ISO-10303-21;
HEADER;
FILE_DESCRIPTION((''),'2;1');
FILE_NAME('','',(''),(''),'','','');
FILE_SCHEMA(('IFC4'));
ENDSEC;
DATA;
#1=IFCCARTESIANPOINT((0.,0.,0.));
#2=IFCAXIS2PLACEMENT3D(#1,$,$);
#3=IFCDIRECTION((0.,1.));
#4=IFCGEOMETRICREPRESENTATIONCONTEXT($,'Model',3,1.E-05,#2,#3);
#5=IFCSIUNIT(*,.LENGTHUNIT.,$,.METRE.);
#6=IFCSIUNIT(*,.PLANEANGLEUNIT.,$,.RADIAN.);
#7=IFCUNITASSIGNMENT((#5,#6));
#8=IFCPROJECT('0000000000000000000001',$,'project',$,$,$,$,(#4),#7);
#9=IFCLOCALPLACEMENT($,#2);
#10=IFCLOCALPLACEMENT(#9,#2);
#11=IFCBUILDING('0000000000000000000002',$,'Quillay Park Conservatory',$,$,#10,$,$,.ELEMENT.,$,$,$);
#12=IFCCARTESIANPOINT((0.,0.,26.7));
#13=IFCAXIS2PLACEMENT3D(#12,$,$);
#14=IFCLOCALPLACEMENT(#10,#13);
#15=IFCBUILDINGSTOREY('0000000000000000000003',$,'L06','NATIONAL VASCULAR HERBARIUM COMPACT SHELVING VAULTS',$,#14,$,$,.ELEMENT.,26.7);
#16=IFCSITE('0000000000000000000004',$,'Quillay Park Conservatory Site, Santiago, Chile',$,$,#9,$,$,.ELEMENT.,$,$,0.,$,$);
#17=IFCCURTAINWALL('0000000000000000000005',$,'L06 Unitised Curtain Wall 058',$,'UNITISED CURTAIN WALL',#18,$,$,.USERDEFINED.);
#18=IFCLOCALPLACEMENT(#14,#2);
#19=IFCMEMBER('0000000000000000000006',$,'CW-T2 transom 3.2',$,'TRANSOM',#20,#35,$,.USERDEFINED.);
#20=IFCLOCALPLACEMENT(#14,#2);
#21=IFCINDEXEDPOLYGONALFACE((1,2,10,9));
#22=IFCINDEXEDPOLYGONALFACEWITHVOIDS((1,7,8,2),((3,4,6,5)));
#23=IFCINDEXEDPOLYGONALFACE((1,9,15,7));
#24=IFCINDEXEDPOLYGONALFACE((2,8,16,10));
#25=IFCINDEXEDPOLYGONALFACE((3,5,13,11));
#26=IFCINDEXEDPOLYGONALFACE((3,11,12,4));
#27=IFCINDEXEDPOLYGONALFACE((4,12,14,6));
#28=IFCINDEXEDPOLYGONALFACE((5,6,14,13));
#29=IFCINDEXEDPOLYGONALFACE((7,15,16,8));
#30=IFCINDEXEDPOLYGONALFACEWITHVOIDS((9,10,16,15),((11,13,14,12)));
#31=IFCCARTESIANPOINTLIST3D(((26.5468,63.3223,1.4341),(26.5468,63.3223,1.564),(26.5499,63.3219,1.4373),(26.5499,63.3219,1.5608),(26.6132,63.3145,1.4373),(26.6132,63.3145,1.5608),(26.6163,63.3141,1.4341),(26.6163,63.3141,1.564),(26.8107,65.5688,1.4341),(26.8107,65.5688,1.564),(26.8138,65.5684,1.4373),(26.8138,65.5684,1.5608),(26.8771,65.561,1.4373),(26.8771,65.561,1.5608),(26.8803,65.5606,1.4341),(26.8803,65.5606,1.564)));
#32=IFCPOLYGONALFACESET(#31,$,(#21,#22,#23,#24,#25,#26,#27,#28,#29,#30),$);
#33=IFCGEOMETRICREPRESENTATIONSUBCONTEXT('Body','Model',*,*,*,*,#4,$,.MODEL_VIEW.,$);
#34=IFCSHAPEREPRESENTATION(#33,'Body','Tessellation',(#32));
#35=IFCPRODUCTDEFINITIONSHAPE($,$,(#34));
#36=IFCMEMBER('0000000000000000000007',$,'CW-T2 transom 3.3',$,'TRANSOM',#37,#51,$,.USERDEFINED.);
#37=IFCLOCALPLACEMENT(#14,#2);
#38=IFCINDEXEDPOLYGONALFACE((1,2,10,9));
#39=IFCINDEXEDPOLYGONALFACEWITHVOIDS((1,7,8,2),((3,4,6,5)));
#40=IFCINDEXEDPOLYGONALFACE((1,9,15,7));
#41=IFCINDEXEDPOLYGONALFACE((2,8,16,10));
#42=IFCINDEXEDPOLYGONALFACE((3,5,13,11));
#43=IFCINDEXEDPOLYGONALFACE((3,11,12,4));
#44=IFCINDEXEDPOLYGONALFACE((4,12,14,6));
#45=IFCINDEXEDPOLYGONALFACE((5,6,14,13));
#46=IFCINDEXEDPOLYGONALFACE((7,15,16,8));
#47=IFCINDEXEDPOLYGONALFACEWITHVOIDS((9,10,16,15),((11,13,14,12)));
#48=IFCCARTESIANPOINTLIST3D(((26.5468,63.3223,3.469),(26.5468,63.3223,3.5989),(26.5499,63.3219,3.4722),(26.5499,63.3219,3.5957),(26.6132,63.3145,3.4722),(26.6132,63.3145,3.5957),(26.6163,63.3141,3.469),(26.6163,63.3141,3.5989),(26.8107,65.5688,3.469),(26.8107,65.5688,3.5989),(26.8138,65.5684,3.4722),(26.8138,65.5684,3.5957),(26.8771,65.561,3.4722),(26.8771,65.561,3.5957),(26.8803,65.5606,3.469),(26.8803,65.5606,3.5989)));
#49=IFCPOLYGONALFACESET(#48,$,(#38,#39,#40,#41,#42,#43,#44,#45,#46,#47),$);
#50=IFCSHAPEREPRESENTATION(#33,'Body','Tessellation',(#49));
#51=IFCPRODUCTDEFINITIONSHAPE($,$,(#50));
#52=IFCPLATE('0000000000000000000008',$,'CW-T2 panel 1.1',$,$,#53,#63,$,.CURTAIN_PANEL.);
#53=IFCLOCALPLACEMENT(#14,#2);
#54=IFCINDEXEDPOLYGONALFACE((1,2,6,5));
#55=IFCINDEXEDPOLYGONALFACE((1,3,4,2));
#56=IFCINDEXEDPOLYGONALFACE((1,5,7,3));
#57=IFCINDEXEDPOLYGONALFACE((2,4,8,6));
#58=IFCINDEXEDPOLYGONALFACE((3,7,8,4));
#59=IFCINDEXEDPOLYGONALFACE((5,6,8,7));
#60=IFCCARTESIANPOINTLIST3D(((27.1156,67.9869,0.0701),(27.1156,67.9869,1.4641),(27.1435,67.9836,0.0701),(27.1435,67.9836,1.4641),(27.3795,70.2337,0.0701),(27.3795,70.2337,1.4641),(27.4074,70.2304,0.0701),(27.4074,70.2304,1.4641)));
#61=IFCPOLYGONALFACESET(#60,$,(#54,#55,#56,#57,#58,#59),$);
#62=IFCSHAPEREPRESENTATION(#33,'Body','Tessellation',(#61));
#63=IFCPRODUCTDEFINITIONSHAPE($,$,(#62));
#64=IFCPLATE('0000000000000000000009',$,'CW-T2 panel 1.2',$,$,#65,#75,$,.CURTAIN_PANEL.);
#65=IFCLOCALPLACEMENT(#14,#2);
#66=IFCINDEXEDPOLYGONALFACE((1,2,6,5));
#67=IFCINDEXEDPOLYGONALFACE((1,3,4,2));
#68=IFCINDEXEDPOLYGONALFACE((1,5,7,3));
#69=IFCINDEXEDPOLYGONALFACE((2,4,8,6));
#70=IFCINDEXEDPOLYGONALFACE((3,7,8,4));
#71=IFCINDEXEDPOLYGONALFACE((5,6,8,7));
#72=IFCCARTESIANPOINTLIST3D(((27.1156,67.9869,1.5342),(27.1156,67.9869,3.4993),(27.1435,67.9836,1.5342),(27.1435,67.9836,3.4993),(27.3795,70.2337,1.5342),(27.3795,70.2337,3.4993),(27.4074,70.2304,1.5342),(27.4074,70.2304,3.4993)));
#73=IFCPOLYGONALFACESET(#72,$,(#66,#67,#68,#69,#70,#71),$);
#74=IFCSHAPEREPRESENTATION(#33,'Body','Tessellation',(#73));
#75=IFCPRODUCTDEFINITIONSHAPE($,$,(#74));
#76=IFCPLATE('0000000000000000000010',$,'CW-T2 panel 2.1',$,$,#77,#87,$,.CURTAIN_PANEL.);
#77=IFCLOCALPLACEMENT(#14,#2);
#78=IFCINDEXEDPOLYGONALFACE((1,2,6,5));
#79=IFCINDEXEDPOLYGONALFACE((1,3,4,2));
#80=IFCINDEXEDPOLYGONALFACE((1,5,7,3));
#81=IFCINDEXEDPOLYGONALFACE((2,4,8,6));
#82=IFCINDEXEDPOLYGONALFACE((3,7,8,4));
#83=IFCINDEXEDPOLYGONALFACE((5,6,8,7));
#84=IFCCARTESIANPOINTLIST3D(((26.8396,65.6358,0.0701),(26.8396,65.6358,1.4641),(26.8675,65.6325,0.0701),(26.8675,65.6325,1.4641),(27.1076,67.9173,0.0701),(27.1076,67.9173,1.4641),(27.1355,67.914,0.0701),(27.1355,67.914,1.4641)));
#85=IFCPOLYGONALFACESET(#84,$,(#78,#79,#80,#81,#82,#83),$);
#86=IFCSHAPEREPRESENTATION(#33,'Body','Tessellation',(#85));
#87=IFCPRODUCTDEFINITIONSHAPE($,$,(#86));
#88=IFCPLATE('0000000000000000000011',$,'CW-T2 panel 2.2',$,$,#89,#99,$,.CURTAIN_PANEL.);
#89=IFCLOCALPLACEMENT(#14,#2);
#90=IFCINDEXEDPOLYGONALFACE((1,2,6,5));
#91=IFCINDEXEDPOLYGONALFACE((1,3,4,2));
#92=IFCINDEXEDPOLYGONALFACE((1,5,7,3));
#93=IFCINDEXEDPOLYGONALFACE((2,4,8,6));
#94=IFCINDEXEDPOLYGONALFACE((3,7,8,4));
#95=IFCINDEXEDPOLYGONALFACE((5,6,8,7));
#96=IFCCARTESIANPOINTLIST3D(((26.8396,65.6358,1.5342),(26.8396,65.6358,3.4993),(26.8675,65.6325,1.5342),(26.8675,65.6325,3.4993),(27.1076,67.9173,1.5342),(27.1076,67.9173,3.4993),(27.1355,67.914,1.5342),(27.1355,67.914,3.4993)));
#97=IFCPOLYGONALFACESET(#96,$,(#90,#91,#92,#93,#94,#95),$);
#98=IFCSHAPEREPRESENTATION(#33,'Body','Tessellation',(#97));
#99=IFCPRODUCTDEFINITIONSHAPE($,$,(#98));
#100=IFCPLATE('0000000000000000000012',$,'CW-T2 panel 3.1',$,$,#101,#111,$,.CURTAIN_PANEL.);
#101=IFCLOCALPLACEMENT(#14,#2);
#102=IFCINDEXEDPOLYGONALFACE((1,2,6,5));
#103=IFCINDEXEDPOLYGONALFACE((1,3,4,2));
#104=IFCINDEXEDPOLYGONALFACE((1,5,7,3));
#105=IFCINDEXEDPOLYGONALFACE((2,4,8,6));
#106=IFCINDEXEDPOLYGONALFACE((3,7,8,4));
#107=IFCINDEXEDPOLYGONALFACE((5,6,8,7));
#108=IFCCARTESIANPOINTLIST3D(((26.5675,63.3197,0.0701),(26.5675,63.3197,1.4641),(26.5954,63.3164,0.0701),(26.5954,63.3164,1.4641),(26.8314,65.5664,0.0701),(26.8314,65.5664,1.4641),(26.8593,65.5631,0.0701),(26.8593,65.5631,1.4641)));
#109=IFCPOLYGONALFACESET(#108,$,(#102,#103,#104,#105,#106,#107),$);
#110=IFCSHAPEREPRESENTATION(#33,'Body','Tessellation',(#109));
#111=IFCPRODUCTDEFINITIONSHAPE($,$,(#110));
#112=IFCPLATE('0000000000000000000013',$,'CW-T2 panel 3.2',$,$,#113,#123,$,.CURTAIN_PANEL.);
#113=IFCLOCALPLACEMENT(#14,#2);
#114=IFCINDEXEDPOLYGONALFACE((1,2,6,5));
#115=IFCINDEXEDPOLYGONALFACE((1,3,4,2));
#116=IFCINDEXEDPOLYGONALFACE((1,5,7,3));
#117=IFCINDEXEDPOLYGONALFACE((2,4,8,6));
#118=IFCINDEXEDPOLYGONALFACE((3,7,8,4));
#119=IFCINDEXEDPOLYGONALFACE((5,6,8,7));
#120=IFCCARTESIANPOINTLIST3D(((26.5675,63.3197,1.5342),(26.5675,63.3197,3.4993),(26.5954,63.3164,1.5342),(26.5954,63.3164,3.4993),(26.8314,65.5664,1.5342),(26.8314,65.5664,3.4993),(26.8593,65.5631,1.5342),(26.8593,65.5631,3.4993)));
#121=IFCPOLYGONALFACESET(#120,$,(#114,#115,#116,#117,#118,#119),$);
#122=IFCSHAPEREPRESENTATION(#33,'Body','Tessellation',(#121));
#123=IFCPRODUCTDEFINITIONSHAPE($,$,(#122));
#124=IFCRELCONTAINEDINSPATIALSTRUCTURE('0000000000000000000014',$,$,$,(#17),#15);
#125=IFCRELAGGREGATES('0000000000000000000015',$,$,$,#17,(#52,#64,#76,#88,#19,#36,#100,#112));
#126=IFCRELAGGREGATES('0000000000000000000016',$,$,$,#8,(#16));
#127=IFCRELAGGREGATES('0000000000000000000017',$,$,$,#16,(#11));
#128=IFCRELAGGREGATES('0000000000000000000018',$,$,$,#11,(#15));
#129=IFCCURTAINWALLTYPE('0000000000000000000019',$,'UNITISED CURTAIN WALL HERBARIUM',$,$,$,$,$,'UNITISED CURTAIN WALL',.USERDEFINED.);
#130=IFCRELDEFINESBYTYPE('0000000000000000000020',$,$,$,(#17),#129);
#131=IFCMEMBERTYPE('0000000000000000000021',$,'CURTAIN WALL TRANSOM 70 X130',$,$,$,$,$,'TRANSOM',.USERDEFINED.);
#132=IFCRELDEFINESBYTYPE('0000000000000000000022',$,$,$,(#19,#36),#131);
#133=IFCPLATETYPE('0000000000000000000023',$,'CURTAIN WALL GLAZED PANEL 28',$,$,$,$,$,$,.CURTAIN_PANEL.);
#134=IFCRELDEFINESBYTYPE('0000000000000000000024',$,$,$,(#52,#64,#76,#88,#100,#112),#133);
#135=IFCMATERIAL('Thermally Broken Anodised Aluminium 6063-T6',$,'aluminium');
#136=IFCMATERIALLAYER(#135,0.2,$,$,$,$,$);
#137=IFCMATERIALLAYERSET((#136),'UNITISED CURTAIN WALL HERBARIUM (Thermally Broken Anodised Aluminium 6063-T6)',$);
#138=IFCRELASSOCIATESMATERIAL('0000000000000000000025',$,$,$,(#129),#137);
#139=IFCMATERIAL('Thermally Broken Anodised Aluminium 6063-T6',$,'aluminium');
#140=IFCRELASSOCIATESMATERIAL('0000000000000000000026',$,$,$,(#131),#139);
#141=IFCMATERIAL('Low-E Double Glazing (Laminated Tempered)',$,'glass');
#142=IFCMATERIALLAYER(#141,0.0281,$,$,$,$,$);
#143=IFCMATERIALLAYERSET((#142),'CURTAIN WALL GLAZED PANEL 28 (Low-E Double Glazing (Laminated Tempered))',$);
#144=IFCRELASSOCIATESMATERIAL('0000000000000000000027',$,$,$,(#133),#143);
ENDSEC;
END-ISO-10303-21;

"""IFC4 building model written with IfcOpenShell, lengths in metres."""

from ifc_helpers import new_model, si_unit, direction, frame, origin, origin_2d, place, context, subcontext, project, spatial, rectangle, hollow_rectangle, extrude, material, layer, layer_set, material_profile, profile_set, type_object, element, aggregate, save


model = new_model("IFC4")

# Units and contexts
model_context = context("Model", 3, precision=1e-05, world=origin(), true_north=direction((0.0, 1.0)))
body_context = subcontext(model_context, "Body", "Model", "MODEL_VIEW")
ifc_project = project(units=[si_unit("LENGTHUNIT", "METRE"), si_unit("PLANEANGLEUNIT", "RADIAN")], contexts=[model_context])

# Site, building, storey
site_placement = place(None, origin())
site = spatial("IfcSite", under=ifc_project, at=site_placement, Name="Quillay Park Conservatory Site, Santiago, Chile", CompositionType="ELEMENT", RefElevation=0.0)
building_placement = place(site_placement, origin())
building = spatial("IfcBuilding", under=site, at=building_placement, Name="Quillay Park Conservatory", CompositionType="ELEMENT")
storey_placement = place(building_placement, frame((0.0, 0.0, 26.7)))
storey = spatial("IfcBuildingStorey", under=building, at=storey_placement, Name="L06", Description="NATIONAL VASCULAR HERBARIUM COMPACT SHELVING VAULTS", CompositionType="ELEMENT", Elevation=26.7)

# Curtain wall, members, plates
ifc_material_1 = material(Name="Thermally Broken Anodised Aluminium 6063-T6", Category="aluminium")
ifc_layer_1 = layer(ifc_material_1, 0.2)
ifc_layer_set_1 = layer_set([ifc_layer_1], Name="UNITISED CURTAIN WALL HERBARIUM (Thermally Broken Anodised Aluminium 6063-T6)")
curtain_wall_type = type_object("IfcCurtainWallType", Name="UNITISED CURTAIN WALL HERBARIUM", ElementType="UNITISED CURTAIN WALL", PredefinedType="USERDEFINED", material=ifc_layer_set_1)
curtain_wall_placement = place(storey_placement, origin())
curtain_wall = element("IfcCurtainWall", 1, at=curtain_wall_placement, inside=storey, type_object=curtain_wall_type, Name="L06 Unitised Curtain Wall 058", ObjectType="UNITISED CURTAIN WALL", PredefinedType="USERDEFINED")
ifc_material_2 = material(Name="Thermally Broken Anodised Aluminium 6063-T6", Category="aluminium")
ifc_material_profile_1 = material_profile(ifc_material_2, hollow_rectangle(XDim=0.0701, YDim=0.1299, WallThickness=0.0032, at=origin_2d()), Name="AL70x130x3.2")
ifc_profile_set_1 = profile_set([ifc_material_profile_1], Name="Thermally Broken Anodised Aluminium 6063-T6")
member_type_1 = type_object("IfcMemberType", Name="CURTAIN WALL TRANSOM 70 X130", ElementType="TRANSOM", PredefinedType="USERDEFINED", material=ifc_profile_set_1)
member_1_placement = place(storey_placement, frame((26.8455, 65.5647, 1.499), z_axis=(-0.116672, -0.99317, 0.0), x_axis=(0.99317, -0.116672, 0.0)))
member_1 = element("IfcMember", 2, at=member_1_placement, type_object=member_type_1, Name="CW-T2 transom 3.2", ObjectType="TRANSOM", PredefinedType="USERDEFINED", context=body_context, shape_type="SweptSolid", body=[
    extrude(hollow_rectangle(XDim=0.0701, YDim=0.1299, WallThickness=0.0032, at=origin_2d()), origin(), (0.0, 0.0, 1.0), 2.262),
])
member_2_placement = place(storey_placement, frame((26.8455, 65.5647, 3.5339), z_axis=(-0.116672, -0.99317, 0.0), x_axis=(0.99317, -0.116672, 0.0)))
member_2 = element("IfcMember", 3, at=member_2_placement, type_object=member_type_1, Name="CW-T2 transom 3.3", ObjectType="TRANSOM", PredefinedType="USERDEFINED", context=body_context, shape_type="SweptSolid", body=[
    extrude(hollow_rectangle(XDim=0.0701, YDim=0.1299, WallThickness=0.0032, at=origin_2d()), origin(), (0.0, 0.0, 1.0), 2.262),
])
ifc_material_3 = material(Name="Low-E Double Glazing (Laminated Tempered)", Category="glass")
ifc_layer_2 = layer(ifc_material_3, 0.0281)
ifc_layer_set_2 = layer_set([ifc_layer_2], Name="CURTAIN WALL GLAZED PANEL 28 (Low-E Double Glazing (Laminated Tempered))")
plate_type = type_object("IfcPlateType", Name="CURTAIN WALL GLAZED PANEL 28", PredefinedType="CURTAIN_PANEL", material=ifc_layer_set_2)
plate_1_placement = place(storey_placement, frame((27.2615, 69.1086, 0.0701), z_axis=(0.0, 0.0, 1.0), x_axis=(-0.116655, -0.993173, 0.0)))
plate_1 = element("IfcPlate", 4, at=plate_1_placement, type_object=plate_type, Name="CW-T2 panel 1.1", PredefinedType="CURTAIN_PANEL", context=body_context, shape_type="SweptSolid", body=[
    extrude(rectangle(XDim=2.2622, YDim=0.0281, at=origin_2d()), origin(), (0.0, 0.0, 1.0), 1.394),
])
plate_2_placement = place(storey_placement, frame((27.2615, 69.1086, 1.5342), z_axis=(0.0, 0.0, 1.0), x_axis=(-0.116655, -0.993173, 0.0)))
plate_2 = element("IfcPlate", 5, at=plate_2_placement, type_object=plate_type, Name="CW-T2 panel 1.2", PredefinedType="CURTAIN_PANEL", context=body_context, shape_type="SweptSolid", body=[
    extrude(rectangle(XDim=2.2622, YDim=0.0281, at=origin_2d()), origin(), (0.0, 0.0, 1.0), 1.9651),
])
plate_3_placement = place(storey_placement, frame((26.9875, 66.7749, 0.0701), z_axis=(0.0, 0.0, 1.0), x_axis=(-0.116655, -0.993173, 0.0)))
plate_3 = element("IfcPlate", 6, at=plate_3_placement, type_object=plate_type, Name="CW-T2 panel 2.1", PredefinedType="CURTAIN_PANEL", context=body_context, shape_type="SweptSolid", body=[
    extrude(rectangle(XDim=2.2971, YDim=0.0281, at=origin_2d()), origin(), (0.0, 0.0, 1.0), 1.394),
])
plate_4_placement = place(storey_placement, frame((26.9875, 66.7749, 1.5342), z_axis=(0.0, 0.0, 1.0), x_axis=(-0.116655, -0.993173, 0.0)))
plate_4 = element("IfcPlate", 7, at=plate_4_placement, type_object=plate_type, Name="CW-T2 panel 2.2", PredefinedType="CURTAIN_PANEL", context=body_context, shape_type="SweptSolid", body=[
    extrude(rectangle(XDim=2.2971, YDim=0.0281, at=origin_2d()), origin(), (0.0, 0.0, 1.0), 1.9651),
])
plate_5_placement = place(storey_placement, frame((26.7134, 64.4414, 0.0701), z_axis=(0.0, 0.0, 1.0), x_axis=(-0.116655, -0.993173, 0.0)))
plate_5 = element("IfcPlate", 8, at=plate_5_placement, type_object=plate_type, Name="CW-T2 panel 3.1", PredefinedType="CURTAIN_PANEL", context=body_context, shape_type="SweptSolid", body=[
    extrude(rectangle(XDim=2.2622, YDim=0.0281, at=origin_2d()), origin(), (0.0, 0.0, 1.0), 1.394),
])
plate_6_placement = place(storey_placement, frame((26.7134, 64.4414, 1.5342), z_axis=(0.0, 0.0, 1.0), x_axis=(-0.116655, -0.993173, 0.0)))
plate_6 = element("IfcPlate", 9, at=plate_6_placement, type_object=plate_type, Name="CW-T2 panel 3.2", PredefinedType="CURTAIN_PANEL", context=body_context, shape_type="SweptSolid", body=[
    extrude(rectangle(XDim=2.2622, YDim=0.0281, at=origin_2d()), origin(), (0.0, 0.0, 1.0), 1.9651),
])
aggregate(curtain_wall, [plate_1, plate_2, plate_3, plate_4, member_1, member_2, plate_5, plate_6])

save(model, "model.ifc")
